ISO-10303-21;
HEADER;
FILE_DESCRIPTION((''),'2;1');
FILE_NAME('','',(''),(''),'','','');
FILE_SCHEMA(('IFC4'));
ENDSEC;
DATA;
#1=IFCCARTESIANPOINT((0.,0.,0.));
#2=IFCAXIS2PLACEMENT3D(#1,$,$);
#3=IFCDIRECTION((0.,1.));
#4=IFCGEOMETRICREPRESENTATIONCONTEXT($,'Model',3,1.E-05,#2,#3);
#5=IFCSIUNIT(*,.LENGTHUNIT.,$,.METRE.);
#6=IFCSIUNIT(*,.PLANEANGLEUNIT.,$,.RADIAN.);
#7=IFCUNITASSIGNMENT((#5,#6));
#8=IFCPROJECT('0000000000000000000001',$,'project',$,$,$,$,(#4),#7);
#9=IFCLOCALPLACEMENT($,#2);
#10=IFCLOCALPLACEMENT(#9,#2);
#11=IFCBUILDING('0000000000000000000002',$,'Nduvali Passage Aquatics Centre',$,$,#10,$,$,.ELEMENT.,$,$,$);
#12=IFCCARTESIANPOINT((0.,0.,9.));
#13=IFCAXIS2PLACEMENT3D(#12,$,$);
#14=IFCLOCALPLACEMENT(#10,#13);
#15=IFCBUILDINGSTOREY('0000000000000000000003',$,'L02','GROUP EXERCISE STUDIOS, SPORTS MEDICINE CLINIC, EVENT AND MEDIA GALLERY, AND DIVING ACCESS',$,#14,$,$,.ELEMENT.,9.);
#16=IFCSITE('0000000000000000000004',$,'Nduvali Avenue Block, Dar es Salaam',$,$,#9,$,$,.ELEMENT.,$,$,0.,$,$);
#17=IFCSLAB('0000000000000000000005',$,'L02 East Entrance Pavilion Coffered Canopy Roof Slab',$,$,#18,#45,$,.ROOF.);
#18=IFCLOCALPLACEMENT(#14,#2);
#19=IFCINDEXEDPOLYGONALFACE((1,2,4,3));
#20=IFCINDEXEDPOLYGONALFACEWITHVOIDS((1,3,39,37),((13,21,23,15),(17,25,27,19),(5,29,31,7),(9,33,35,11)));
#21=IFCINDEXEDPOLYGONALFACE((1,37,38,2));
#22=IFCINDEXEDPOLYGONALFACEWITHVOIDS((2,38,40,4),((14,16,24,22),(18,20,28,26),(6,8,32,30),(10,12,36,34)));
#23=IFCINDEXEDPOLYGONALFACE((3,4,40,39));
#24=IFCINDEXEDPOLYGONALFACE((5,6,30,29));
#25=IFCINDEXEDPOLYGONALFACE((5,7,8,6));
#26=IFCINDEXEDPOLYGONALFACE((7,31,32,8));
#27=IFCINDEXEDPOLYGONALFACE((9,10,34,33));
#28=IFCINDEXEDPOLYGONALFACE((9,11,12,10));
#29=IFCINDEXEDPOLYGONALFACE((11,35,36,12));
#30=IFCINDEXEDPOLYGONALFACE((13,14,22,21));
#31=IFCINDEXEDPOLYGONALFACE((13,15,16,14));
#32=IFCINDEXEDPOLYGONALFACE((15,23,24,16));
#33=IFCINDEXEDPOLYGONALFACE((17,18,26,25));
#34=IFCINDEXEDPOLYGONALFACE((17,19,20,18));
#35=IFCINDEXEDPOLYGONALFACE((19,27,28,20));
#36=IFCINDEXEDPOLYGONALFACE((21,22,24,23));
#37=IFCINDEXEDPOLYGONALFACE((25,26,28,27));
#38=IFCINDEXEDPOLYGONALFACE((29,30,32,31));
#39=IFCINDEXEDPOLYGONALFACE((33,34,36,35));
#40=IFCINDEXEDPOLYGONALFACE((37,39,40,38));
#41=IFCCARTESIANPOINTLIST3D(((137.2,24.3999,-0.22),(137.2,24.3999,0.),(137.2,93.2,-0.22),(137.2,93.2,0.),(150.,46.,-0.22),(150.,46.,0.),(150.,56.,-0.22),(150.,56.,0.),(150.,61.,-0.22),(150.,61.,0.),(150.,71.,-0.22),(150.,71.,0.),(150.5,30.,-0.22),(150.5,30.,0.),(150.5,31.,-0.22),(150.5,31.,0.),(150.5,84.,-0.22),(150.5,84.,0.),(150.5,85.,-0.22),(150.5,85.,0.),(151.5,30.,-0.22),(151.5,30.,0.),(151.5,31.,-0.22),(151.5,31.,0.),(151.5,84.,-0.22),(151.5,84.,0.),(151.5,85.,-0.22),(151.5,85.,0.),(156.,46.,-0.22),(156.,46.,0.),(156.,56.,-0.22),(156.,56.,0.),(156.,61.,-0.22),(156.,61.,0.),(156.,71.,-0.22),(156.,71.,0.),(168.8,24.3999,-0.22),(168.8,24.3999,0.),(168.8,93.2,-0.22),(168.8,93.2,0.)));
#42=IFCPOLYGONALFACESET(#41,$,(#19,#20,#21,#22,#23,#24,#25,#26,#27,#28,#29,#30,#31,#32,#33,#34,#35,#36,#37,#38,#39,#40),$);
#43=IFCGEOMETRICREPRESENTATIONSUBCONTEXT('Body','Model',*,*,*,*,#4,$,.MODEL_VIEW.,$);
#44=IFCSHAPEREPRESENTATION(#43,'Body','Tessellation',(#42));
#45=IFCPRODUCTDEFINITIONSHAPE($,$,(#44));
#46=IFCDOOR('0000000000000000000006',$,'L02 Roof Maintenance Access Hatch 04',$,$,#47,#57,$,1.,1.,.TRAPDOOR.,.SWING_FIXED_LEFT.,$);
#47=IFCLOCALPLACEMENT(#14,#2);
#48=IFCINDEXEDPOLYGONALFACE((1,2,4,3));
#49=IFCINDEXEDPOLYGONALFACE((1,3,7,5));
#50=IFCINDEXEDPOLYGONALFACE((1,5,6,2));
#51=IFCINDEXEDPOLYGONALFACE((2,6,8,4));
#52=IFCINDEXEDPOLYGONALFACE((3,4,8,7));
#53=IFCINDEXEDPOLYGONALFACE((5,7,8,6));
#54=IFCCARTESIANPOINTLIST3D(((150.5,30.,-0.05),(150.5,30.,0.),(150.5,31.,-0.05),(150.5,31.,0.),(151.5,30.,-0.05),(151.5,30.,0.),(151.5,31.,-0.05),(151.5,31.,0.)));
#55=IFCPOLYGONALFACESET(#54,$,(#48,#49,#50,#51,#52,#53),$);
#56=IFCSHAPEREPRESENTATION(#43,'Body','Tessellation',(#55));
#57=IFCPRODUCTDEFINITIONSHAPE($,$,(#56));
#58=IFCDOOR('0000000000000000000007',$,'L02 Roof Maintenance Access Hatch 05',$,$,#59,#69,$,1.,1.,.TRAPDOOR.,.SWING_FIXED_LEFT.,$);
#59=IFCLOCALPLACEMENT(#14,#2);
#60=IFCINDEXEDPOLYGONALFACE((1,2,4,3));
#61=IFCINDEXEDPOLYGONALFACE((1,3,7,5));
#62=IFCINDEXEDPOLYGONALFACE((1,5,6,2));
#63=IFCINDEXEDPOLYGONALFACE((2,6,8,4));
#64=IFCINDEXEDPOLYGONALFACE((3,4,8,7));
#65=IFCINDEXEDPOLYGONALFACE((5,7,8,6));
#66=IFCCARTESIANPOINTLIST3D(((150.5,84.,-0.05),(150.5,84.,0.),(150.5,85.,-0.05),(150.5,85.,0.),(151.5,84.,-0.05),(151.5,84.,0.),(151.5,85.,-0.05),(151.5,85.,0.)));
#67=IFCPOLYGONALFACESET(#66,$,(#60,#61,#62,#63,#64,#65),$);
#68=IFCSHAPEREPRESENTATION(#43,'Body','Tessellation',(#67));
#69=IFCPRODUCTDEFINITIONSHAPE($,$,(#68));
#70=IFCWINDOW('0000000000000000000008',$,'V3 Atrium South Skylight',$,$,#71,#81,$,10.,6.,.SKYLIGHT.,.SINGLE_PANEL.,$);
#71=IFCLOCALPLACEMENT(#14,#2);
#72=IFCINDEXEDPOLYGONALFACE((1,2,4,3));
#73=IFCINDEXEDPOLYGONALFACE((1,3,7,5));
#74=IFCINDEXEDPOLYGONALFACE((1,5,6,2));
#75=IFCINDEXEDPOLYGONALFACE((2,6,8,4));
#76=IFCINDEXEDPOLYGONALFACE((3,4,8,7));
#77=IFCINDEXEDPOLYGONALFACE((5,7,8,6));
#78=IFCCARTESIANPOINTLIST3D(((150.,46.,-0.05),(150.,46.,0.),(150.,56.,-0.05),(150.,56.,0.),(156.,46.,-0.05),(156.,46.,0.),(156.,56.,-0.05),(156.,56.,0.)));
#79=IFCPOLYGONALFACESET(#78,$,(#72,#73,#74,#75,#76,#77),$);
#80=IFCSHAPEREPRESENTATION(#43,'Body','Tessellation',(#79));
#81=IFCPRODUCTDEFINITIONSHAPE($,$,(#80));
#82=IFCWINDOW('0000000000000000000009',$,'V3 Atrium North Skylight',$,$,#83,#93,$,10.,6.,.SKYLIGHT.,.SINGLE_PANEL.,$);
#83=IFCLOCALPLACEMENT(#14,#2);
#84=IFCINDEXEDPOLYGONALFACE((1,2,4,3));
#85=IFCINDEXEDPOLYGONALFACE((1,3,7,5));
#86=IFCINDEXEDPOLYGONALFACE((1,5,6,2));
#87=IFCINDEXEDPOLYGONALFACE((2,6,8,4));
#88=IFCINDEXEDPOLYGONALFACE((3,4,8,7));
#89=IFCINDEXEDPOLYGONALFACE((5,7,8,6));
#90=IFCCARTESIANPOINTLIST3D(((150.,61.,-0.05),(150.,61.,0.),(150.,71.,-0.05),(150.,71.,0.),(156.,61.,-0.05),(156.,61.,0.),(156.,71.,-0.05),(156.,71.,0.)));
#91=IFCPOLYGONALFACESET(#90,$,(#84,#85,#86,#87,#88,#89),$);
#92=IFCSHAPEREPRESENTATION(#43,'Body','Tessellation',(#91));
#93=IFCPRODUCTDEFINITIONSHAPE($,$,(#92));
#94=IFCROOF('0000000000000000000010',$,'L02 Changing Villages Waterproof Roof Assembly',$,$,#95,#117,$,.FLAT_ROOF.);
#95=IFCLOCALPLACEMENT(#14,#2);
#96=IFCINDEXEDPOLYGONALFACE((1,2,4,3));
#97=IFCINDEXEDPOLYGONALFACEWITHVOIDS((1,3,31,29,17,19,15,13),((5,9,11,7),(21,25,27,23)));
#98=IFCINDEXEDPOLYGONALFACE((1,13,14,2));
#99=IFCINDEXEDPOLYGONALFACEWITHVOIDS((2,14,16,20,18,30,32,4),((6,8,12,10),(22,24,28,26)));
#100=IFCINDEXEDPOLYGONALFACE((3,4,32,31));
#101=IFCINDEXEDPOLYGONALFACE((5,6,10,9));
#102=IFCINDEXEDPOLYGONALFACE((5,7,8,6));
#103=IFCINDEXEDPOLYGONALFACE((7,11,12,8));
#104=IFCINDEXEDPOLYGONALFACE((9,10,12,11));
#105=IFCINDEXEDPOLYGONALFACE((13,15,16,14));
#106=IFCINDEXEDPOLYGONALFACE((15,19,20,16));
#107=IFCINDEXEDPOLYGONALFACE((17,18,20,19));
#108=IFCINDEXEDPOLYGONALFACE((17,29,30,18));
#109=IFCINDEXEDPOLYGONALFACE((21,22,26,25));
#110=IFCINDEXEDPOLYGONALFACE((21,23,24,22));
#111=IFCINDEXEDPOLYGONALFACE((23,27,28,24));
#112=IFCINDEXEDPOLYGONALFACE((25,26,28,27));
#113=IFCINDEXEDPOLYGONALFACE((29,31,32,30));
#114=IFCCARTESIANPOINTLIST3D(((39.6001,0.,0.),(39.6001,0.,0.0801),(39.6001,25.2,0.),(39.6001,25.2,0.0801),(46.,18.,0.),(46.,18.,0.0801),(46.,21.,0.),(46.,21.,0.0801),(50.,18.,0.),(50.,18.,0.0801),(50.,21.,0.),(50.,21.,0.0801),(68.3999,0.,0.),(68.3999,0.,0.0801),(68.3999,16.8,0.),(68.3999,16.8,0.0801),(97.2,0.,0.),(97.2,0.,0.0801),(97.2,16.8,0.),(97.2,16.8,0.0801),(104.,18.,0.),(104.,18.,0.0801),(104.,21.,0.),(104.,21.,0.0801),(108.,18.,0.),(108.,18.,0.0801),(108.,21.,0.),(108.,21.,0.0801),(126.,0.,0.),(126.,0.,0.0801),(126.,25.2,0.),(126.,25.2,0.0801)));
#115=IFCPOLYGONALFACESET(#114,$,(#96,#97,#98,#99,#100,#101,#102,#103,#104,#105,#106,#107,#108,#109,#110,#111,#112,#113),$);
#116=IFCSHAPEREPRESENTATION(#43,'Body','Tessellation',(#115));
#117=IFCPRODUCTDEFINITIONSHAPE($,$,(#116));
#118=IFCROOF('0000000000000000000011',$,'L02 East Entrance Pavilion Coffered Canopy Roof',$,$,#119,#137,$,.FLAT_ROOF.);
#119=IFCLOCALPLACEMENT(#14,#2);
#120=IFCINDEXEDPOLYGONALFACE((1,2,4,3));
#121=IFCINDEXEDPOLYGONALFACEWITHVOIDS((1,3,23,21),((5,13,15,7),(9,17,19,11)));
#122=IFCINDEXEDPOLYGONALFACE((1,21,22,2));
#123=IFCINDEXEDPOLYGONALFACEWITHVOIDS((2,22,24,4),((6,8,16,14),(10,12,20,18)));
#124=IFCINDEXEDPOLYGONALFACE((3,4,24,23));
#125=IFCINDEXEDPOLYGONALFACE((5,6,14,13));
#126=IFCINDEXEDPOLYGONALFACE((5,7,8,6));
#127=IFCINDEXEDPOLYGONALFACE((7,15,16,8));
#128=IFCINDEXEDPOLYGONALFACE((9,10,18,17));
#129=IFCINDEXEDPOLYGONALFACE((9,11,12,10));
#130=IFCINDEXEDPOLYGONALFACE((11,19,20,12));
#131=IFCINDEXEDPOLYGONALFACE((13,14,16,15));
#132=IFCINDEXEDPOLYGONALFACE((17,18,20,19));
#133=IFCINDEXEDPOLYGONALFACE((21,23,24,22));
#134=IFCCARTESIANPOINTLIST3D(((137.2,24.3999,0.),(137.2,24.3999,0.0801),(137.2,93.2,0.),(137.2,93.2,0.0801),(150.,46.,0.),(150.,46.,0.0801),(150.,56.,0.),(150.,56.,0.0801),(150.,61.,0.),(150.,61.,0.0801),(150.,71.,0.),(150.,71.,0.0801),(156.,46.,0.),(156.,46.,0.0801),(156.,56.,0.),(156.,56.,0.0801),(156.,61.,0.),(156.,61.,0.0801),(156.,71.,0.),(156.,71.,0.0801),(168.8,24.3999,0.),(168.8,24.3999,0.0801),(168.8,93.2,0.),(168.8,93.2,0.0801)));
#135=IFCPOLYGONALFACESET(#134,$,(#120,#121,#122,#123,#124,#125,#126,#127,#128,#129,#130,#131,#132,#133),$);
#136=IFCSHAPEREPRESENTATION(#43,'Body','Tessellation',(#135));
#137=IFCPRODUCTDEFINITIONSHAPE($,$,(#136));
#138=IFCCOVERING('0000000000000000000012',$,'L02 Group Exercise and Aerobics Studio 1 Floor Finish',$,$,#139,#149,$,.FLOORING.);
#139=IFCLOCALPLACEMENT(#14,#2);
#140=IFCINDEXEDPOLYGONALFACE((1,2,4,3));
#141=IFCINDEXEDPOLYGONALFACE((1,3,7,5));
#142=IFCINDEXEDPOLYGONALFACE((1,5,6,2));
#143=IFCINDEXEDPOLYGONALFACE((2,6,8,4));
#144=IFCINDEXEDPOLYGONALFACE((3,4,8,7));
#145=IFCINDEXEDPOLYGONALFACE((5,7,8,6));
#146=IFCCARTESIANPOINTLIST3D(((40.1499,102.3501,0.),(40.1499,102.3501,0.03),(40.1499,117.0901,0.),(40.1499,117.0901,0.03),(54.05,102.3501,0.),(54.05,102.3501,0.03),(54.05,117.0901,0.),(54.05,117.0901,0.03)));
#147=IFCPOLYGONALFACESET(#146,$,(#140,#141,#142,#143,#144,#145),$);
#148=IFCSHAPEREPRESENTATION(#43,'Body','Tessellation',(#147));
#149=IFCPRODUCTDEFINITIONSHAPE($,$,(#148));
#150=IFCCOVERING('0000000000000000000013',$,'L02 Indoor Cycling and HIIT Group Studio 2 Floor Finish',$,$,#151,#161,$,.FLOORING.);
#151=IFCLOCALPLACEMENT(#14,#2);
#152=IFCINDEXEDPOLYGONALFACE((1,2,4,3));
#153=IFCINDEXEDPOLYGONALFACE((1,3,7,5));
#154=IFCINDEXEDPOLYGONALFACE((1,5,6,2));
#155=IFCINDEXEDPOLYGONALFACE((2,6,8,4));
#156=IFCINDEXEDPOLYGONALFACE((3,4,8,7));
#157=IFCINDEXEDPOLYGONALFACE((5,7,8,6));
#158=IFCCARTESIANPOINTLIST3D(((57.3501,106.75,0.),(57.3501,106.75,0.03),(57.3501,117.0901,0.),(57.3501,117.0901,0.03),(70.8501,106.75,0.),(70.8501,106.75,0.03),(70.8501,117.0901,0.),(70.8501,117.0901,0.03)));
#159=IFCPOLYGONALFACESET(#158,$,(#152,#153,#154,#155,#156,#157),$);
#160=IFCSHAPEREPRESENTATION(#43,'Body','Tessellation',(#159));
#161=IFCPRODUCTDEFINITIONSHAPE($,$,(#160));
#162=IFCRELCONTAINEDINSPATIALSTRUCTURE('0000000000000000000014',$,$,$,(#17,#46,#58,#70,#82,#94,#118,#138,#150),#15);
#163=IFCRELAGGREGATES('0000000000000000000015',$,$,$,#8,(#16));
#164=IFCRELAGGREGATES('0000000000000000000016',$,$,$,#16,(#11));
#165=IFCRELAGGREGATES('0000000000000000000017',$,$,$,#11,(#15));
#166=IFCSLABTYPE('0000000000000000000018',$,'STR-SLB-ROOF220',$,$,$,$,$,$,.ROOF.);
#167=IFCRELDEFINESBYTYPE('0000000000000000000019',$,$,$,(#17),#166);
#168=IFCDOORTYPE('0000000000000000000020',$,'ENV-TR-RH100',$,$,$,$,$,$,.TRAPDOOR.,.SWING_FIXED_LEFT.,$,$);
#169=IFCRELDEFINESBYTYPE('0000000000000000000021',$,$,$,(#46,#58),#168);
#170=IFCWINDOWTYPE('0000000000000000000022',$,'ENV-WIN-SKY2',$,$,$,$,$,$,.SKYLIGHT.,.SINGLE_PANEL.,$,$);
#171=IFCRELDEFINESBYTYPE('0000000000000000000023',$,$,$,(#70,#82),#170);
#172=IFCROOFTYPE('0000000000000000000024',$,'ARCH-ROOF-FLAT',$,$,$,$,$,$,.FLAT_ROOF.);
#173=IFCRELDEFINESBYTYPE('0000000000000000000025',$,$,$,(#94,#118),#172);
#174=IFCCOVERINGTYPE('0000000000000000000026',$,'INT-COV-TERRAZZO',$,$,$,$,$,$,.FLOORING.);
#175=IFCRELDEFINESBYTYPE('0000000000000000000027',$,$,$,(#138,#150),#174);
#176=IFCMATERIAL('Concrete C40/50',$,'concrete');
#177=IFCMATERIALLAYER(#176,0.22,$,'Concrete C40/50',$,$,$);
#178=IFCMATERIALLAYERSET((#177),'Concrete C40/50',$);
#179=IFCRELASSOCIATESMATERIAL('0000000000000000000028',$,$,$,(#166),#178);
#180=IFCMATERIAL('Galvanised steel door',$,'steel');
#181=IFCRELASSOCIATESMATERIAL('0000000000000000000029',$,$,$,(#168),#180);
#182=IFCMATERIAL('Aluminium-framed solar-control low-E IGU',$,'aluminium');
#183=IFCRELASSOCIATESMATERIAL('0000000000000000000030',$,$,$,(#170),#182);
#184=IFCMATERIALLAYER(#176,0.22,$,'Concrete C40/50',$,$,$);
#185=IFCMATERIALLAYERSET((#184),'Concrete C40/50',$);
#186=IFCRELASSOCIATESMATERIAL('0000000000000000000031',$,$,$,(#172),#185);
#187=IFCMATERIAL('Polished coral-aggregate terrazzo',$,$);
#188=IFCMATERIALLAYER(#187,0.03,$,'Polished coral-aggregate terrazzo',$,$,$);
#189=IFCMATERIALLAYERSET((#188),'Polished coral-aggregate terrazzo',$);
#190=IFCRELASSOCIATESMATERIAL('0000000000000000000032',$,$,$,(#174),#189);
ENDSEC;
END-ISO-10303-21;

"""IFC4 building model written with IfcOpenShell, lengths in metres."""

from ifc_helpers import new_model, si_unit, direction, frame, origin, origin_2d, place, context, subcontext, project, spatial, polyline, rectangle, outline, extrude, material, layer, layer_set, type_object, element, fill, save


model = new_model("IFC4")

# Units and contexts
model_context = context("Model", 3, precision=1e-05, world=origin(), true_north=direction((0.0, 1.0)))
body_context = subcontext(model_context, "Body", "Model", "MODEL_VIEW")
ifc_project = project(units=[si_unit("LENGTHUNIT", "METRE"), si_unit("PLANEANGLEUNIT", "RADIAN")], contexts=[model_context])

# Site, building, storey
site_placement = place(None, origin())
site = spatial("IfcSite", under=ifc_project, at=site_placement, Name="Nduvali Avenue Block, Dar es Salaam", CompositionType="ELEMENT", RefElevation=0.0)
building_placement = place(site_placement, origin())
building = spatial("IfcBuilding", under=site, at=building_placement, Name="Nduvali Passage Aquatics Centre", CompositionType="ELEMENT")
storey_placement = place(building_placement, frame((0.0, 0.0, 9.0)))
storey = spatial("IfcBuildingStorey", under=building, at=storey_placement, Name="L02", Description="GROUP EXERCISE STUDIOS, SPORTS MEDICINE CLINIC, EVENT AND MEDIA GALLERY, AND DIVING ACCESS", CompositionType="ELEMENT", Elevation=9.0)

# Shared definitions
ifc_material_1 = material(Name="Concrete C40/50", Category="concrete")

# Slab, openings, doors, windows
ifc_layer_1 = layer(ifc_material_1, 0.22, Name="Concrete C40/50")
ifc_layer_set_1 = layer_set([ifc_layer_1], Name="Concrete C40/50")
slab_type_1 = type_object("IfcSlabType", Name="STR-SLB-ROOF220", PredefinedType="ROOF", material=ifc_layer_set_1)
ifc_material_2 = material(Name="Galvanised steel door", Category="steel")
ifc_material_3 = material(Name="Aluminium-framed solar-control low-E IGU", Category="aluminium")
slab_1_placement = place(storey_placement, frame((0.0, 0.0, -0.22)))
slab_1 = element("IfcSlab", 1, at=slab_1_placement, inside=storey, type_object=slab_type_1, Name="L02 East Entrance Pavilion Coffered Canopy Roof Slab", PredefinedType="ROOF", context=body_context, shape_type="SweptSolid", body=[
    extrude(outline(polyline([(137.2, 24.3999), (168.8, 24.3999), (168.8, 93.2), (137.2, 93.2), (137.2, 24.3999)])), origin(), (0.0, 0.0, 1.0), 0.22),
])
opening_1_placement = place(slab_1_placement, frame((153.0, 51.0, -0.0149)))
opening_1 = element("IfcOpeningElement", 2, at=opening_1_placement, cuts=slab_1, PredefinedType="OPENING", context=body_context, shape_type="SweptSolid", body=[
    extrude(rectangle(XDim=6.0, YDim=10.0, at=origin_2d()), origin(), (0.0, 0.0, 1.0), 0.2498),
])
opening_2_placement = place(slab_1_placement, frame((153.0, 66.0, -0.0149)))
opening_2 = element("IfcOpeningElement", 3, at=opening_2_placement, cuts=slab_1, PredefinedType="OPENING", context=body_context, shape_type="SweptSolid", body=[
    extrude(rectangle(XDim=6.0, YDim=10.0, at=origin_2d()), origin(), (0.0, 0.0, 1.0), 0.2498),
])
opening_3_placement = place(slab_1_placement, frame((151.0, 30.5, -0.0149)))
opening_3 = element("IfcOpeningElement", 4, at=opening_3_placement, cuts=slab_1, PredefinedType="OPENING", context=body_context, shape_type="SweptSolid", body=[
    extrude(rectangle(XDim=1.0, YDim=1.0, at=origin_2d()), origin(), (0.0, 0.0, 1.0), 0.2498),
])
opening_4_placement = place(slab_1_placement, frame((151.0, 84.5, -0.0149)))
opening_4 = element("IfcOpeningElement", 5, at=opening_4_placement, cuts=slab_1, PredefinedType="OPENING", context=body_context, shape_type="SweptSolid", body=[
    extrude(rectangle(XDim=1.0, YDim=1.0, at=origin_2d()), origin(), (0.0, 0.0, 1.0), 0.2498),
])
door_type_1 = type_object("IfcDoorType", Name="ENV-TR-RH100", OperationType="SWING_FIXED_LEFT", PredefinedType="TRAPDOOR", material=ifc_material_2)
door_1_placement = place(opening_3_placement, frame((0.0, 0.0, 0.1848)))
door_1 = element("IfcDoor", 6, at=door_1_placement, inside=storey, type_object=door_type_1, Name="L02 Roof Maintenance Access Hatch 04", OperationType="SWING_FIXED_LEFT", OverallHeight=1.0, OverallWidth=1.0, PredefinedType="TRAPDOOR", context=body_context, shape_type="SweptSolid", body=[
    extrude(rectangle(XDim=1.0, YDim=1.0, at=origin_2d()), origin(), (0.0, 0.0, 1.0), 0.05),
])
fill(opening_3, door_1)
door_2_placement = place(opening_4_placement, frame((0.0, 0.0, 0.1848)))
door_2 = element("IfcDoor", 7, at=door_2_placement, inside=storey, type_object=door_type_1, Name="L02 Roof Maintenance Access Hatch 05", OperationType="SWING_FIXED_LEFT", OverallHeight=1.0, OverallWidth=1.0, PredefinedType="TRAPDOOR", context=body_context, shape_type="SweptSolid", body=[
    extrude(rectangle(XDim=1.0, YDim=1.0, at=origin_2d()), origin(), (0.0, 0.0, 1.0), 0.05),
])
fill(opening_4, door_2)
window_type_1 = type_object("IfcWindowType", Name="ENV-WIN-SKY2", PartitioningType="SINGLE_PANEL", PredefinedType="SKYLIGHT", material=ifc_material_3)
window_1_placement = place(opening_1_placement, frame((0.0, 0.0, 0.1848)))
window_1 = element("IfcWindow", 8, at=window_1_placement, inside=storey, type_object=window_type_1, Name="V3 Atrium South Skylight", OverallHeight=10.0, OverallWidth=6.0, PartitioningType="SINGLE_PANEL", PredefinedType="SKYLIGHT", context=body_context, shape_type="SweptSolid", body=[
    extrude(rectangle(XDim=6.0, YDim=10.0, at=origin_2d()), origin(), (0.0, 0.0, 1.0), 0.05),
])
fill(opening_1, window_1)
window_2_placement = place(opening_2_placement, frame((0.0, 0.0, 0.1848)))
window_2 = element("IfcWindow", 9, at=window_2_placement, inside=storey, type_object=window_type_1, Name="V3 Atrium North Skylight", OverallHeight=10.0, OverallWidth=6.0, PartitioningType="SINGLE_PANEL", PredefinedType="SKYLIGHT", context=body_context, shape_type="SweptSolid", body=[
    extrude(rectangle(XDim=6.0, YDim=10.0, at=origin_2d()), origin(), (0.0, 0.0, 1.0), 0.05),
])
fill(opening_2, window_2)

# Roofs
ifc_layer_2 = layer(ifc_material_1, 0.22, Name="Concrete C40/50")
ifc_layer_set_2 = layer_set([ifc_layer_2], Name="Concrete C40/50")
roof_type = type_object("IfcRoofType", Name="ARCH-ROOF-FLAT", PredefinedType="FLAT_ROOF", material=ifc_layer_set_2)
roof_1_placement = place(storey_placement, origin())
element("IfcRoof", 10, at=roof_1_placement, inside=storey, type_object=roof_type, Name="L02 Changing Villages Waterproof Roof Assembly", PredefinedType="FLAT_ROOF", context=body_context, shape_type="SweptSolid", body=[
    extrude(outline(polyline([(39.6001, 0.0), (68.3999, 0.0), (68.3999, 16.8), (97.2, 16.8), (97.2, 0.0), (126.0, 0.0), (126.0, 25.2), (39.6001, 25.2), (39.6001, 0.0)]), holes=[polyline([(46.0, 18.0), (50.0, 18.0), (50.0, 21.0), (46.0, 21.0), (46.0, 18.0)]), polyline([(104.0, 18.0), (108.0, 18.0), (108.0, 21.0), (104.0, 21.0), (104.0, 18.0)])]), origin(), (0.0, 0.0, 1.0), 0.0801),
])
roof_2_placement = place(storey_placement, origin())
element("IfcRoof", 11, at=roof_2_placement, inside=storey, type_object=roof_type, Name="L02 East Entrance Pavilion Coffered Canopy Roof", PredefinedType="FLAT_ROOF", context=body_context, shape_type="SweptSolid", body=[
    extrude(outline(polyline([(137.2, 24.3999), (168.8, 24.3999), (168.8, 93.2), (137.2, 93.2), (137.2, 24.3999)]), holes=[polyline([(150.0, 46.0), (156.0, 46.0), (156.0, 56.0), (150.0, 56.0), (150.0, 46.0)]), polyline([(150.0, 61.0), (156.0, 61.0), (156.0, 71.0), (150.0, 71.0), (150.0, 61.0)])]), origin(), (0.0, 0.0, 1.0), 0.0801),
])

# Coverings
ifc_material_4 = material(Name="Polished coral-aggregate terrazzo")
ifc_layer_3 = layer(ifc_material_4, 0.03, Name="Polished coral-aggregate terrazzo")
ifc_layer_set_3 = layer_set([ifc_layer_3], Name="Polished coral-aggregate terrazzo")
covering_type = type_object("IfcCoveringType", Name="INT-COV-TERRAZZO", PredefinedType="FLOORING", material=ifc_layer_set_3)
covering_1_placement = place(storey_placement, origin())
element("IfcCovering", 12, at=covering_1_placement, inside=storey, type_object=covering_type, Name="L02 Group Exercise and Aerobics Studio 1 Floor Finish", PredefinedType="FLOORING", context=body_context, shape_type="SweptSolid", body=[
    extrude(outline(polyline([(40.1499, 102.3501), (54.05, 102.3501), (54.05, 117.0901), (40.1499, 117.0901), (40.1499, 102.3501)])), origin(), (0.0, 0.0, 1.0), 0.03),
])
covering_2_placement = place(storey_placement, origin())
element("IfcCovering", 13, at=covering_2_placement, inside=storey, type_object=covering_type, Name="L02 Indoor Cycling and HIIT Group Studio 2 Floor Finish", PredefinedType="FLOORING", context=body_context, shape_type="SweptSolid", body=[
    extrude(outline(polyline([(57.3501, 106.75), (70.8501, 106.75), (70.8501, 117.0901), (57.3501, 117.0901), (57.3501, 106.75)])), origin(), (0.0, 0.0, 1.0), 0.03),
])

save(model, "model.ifc")
